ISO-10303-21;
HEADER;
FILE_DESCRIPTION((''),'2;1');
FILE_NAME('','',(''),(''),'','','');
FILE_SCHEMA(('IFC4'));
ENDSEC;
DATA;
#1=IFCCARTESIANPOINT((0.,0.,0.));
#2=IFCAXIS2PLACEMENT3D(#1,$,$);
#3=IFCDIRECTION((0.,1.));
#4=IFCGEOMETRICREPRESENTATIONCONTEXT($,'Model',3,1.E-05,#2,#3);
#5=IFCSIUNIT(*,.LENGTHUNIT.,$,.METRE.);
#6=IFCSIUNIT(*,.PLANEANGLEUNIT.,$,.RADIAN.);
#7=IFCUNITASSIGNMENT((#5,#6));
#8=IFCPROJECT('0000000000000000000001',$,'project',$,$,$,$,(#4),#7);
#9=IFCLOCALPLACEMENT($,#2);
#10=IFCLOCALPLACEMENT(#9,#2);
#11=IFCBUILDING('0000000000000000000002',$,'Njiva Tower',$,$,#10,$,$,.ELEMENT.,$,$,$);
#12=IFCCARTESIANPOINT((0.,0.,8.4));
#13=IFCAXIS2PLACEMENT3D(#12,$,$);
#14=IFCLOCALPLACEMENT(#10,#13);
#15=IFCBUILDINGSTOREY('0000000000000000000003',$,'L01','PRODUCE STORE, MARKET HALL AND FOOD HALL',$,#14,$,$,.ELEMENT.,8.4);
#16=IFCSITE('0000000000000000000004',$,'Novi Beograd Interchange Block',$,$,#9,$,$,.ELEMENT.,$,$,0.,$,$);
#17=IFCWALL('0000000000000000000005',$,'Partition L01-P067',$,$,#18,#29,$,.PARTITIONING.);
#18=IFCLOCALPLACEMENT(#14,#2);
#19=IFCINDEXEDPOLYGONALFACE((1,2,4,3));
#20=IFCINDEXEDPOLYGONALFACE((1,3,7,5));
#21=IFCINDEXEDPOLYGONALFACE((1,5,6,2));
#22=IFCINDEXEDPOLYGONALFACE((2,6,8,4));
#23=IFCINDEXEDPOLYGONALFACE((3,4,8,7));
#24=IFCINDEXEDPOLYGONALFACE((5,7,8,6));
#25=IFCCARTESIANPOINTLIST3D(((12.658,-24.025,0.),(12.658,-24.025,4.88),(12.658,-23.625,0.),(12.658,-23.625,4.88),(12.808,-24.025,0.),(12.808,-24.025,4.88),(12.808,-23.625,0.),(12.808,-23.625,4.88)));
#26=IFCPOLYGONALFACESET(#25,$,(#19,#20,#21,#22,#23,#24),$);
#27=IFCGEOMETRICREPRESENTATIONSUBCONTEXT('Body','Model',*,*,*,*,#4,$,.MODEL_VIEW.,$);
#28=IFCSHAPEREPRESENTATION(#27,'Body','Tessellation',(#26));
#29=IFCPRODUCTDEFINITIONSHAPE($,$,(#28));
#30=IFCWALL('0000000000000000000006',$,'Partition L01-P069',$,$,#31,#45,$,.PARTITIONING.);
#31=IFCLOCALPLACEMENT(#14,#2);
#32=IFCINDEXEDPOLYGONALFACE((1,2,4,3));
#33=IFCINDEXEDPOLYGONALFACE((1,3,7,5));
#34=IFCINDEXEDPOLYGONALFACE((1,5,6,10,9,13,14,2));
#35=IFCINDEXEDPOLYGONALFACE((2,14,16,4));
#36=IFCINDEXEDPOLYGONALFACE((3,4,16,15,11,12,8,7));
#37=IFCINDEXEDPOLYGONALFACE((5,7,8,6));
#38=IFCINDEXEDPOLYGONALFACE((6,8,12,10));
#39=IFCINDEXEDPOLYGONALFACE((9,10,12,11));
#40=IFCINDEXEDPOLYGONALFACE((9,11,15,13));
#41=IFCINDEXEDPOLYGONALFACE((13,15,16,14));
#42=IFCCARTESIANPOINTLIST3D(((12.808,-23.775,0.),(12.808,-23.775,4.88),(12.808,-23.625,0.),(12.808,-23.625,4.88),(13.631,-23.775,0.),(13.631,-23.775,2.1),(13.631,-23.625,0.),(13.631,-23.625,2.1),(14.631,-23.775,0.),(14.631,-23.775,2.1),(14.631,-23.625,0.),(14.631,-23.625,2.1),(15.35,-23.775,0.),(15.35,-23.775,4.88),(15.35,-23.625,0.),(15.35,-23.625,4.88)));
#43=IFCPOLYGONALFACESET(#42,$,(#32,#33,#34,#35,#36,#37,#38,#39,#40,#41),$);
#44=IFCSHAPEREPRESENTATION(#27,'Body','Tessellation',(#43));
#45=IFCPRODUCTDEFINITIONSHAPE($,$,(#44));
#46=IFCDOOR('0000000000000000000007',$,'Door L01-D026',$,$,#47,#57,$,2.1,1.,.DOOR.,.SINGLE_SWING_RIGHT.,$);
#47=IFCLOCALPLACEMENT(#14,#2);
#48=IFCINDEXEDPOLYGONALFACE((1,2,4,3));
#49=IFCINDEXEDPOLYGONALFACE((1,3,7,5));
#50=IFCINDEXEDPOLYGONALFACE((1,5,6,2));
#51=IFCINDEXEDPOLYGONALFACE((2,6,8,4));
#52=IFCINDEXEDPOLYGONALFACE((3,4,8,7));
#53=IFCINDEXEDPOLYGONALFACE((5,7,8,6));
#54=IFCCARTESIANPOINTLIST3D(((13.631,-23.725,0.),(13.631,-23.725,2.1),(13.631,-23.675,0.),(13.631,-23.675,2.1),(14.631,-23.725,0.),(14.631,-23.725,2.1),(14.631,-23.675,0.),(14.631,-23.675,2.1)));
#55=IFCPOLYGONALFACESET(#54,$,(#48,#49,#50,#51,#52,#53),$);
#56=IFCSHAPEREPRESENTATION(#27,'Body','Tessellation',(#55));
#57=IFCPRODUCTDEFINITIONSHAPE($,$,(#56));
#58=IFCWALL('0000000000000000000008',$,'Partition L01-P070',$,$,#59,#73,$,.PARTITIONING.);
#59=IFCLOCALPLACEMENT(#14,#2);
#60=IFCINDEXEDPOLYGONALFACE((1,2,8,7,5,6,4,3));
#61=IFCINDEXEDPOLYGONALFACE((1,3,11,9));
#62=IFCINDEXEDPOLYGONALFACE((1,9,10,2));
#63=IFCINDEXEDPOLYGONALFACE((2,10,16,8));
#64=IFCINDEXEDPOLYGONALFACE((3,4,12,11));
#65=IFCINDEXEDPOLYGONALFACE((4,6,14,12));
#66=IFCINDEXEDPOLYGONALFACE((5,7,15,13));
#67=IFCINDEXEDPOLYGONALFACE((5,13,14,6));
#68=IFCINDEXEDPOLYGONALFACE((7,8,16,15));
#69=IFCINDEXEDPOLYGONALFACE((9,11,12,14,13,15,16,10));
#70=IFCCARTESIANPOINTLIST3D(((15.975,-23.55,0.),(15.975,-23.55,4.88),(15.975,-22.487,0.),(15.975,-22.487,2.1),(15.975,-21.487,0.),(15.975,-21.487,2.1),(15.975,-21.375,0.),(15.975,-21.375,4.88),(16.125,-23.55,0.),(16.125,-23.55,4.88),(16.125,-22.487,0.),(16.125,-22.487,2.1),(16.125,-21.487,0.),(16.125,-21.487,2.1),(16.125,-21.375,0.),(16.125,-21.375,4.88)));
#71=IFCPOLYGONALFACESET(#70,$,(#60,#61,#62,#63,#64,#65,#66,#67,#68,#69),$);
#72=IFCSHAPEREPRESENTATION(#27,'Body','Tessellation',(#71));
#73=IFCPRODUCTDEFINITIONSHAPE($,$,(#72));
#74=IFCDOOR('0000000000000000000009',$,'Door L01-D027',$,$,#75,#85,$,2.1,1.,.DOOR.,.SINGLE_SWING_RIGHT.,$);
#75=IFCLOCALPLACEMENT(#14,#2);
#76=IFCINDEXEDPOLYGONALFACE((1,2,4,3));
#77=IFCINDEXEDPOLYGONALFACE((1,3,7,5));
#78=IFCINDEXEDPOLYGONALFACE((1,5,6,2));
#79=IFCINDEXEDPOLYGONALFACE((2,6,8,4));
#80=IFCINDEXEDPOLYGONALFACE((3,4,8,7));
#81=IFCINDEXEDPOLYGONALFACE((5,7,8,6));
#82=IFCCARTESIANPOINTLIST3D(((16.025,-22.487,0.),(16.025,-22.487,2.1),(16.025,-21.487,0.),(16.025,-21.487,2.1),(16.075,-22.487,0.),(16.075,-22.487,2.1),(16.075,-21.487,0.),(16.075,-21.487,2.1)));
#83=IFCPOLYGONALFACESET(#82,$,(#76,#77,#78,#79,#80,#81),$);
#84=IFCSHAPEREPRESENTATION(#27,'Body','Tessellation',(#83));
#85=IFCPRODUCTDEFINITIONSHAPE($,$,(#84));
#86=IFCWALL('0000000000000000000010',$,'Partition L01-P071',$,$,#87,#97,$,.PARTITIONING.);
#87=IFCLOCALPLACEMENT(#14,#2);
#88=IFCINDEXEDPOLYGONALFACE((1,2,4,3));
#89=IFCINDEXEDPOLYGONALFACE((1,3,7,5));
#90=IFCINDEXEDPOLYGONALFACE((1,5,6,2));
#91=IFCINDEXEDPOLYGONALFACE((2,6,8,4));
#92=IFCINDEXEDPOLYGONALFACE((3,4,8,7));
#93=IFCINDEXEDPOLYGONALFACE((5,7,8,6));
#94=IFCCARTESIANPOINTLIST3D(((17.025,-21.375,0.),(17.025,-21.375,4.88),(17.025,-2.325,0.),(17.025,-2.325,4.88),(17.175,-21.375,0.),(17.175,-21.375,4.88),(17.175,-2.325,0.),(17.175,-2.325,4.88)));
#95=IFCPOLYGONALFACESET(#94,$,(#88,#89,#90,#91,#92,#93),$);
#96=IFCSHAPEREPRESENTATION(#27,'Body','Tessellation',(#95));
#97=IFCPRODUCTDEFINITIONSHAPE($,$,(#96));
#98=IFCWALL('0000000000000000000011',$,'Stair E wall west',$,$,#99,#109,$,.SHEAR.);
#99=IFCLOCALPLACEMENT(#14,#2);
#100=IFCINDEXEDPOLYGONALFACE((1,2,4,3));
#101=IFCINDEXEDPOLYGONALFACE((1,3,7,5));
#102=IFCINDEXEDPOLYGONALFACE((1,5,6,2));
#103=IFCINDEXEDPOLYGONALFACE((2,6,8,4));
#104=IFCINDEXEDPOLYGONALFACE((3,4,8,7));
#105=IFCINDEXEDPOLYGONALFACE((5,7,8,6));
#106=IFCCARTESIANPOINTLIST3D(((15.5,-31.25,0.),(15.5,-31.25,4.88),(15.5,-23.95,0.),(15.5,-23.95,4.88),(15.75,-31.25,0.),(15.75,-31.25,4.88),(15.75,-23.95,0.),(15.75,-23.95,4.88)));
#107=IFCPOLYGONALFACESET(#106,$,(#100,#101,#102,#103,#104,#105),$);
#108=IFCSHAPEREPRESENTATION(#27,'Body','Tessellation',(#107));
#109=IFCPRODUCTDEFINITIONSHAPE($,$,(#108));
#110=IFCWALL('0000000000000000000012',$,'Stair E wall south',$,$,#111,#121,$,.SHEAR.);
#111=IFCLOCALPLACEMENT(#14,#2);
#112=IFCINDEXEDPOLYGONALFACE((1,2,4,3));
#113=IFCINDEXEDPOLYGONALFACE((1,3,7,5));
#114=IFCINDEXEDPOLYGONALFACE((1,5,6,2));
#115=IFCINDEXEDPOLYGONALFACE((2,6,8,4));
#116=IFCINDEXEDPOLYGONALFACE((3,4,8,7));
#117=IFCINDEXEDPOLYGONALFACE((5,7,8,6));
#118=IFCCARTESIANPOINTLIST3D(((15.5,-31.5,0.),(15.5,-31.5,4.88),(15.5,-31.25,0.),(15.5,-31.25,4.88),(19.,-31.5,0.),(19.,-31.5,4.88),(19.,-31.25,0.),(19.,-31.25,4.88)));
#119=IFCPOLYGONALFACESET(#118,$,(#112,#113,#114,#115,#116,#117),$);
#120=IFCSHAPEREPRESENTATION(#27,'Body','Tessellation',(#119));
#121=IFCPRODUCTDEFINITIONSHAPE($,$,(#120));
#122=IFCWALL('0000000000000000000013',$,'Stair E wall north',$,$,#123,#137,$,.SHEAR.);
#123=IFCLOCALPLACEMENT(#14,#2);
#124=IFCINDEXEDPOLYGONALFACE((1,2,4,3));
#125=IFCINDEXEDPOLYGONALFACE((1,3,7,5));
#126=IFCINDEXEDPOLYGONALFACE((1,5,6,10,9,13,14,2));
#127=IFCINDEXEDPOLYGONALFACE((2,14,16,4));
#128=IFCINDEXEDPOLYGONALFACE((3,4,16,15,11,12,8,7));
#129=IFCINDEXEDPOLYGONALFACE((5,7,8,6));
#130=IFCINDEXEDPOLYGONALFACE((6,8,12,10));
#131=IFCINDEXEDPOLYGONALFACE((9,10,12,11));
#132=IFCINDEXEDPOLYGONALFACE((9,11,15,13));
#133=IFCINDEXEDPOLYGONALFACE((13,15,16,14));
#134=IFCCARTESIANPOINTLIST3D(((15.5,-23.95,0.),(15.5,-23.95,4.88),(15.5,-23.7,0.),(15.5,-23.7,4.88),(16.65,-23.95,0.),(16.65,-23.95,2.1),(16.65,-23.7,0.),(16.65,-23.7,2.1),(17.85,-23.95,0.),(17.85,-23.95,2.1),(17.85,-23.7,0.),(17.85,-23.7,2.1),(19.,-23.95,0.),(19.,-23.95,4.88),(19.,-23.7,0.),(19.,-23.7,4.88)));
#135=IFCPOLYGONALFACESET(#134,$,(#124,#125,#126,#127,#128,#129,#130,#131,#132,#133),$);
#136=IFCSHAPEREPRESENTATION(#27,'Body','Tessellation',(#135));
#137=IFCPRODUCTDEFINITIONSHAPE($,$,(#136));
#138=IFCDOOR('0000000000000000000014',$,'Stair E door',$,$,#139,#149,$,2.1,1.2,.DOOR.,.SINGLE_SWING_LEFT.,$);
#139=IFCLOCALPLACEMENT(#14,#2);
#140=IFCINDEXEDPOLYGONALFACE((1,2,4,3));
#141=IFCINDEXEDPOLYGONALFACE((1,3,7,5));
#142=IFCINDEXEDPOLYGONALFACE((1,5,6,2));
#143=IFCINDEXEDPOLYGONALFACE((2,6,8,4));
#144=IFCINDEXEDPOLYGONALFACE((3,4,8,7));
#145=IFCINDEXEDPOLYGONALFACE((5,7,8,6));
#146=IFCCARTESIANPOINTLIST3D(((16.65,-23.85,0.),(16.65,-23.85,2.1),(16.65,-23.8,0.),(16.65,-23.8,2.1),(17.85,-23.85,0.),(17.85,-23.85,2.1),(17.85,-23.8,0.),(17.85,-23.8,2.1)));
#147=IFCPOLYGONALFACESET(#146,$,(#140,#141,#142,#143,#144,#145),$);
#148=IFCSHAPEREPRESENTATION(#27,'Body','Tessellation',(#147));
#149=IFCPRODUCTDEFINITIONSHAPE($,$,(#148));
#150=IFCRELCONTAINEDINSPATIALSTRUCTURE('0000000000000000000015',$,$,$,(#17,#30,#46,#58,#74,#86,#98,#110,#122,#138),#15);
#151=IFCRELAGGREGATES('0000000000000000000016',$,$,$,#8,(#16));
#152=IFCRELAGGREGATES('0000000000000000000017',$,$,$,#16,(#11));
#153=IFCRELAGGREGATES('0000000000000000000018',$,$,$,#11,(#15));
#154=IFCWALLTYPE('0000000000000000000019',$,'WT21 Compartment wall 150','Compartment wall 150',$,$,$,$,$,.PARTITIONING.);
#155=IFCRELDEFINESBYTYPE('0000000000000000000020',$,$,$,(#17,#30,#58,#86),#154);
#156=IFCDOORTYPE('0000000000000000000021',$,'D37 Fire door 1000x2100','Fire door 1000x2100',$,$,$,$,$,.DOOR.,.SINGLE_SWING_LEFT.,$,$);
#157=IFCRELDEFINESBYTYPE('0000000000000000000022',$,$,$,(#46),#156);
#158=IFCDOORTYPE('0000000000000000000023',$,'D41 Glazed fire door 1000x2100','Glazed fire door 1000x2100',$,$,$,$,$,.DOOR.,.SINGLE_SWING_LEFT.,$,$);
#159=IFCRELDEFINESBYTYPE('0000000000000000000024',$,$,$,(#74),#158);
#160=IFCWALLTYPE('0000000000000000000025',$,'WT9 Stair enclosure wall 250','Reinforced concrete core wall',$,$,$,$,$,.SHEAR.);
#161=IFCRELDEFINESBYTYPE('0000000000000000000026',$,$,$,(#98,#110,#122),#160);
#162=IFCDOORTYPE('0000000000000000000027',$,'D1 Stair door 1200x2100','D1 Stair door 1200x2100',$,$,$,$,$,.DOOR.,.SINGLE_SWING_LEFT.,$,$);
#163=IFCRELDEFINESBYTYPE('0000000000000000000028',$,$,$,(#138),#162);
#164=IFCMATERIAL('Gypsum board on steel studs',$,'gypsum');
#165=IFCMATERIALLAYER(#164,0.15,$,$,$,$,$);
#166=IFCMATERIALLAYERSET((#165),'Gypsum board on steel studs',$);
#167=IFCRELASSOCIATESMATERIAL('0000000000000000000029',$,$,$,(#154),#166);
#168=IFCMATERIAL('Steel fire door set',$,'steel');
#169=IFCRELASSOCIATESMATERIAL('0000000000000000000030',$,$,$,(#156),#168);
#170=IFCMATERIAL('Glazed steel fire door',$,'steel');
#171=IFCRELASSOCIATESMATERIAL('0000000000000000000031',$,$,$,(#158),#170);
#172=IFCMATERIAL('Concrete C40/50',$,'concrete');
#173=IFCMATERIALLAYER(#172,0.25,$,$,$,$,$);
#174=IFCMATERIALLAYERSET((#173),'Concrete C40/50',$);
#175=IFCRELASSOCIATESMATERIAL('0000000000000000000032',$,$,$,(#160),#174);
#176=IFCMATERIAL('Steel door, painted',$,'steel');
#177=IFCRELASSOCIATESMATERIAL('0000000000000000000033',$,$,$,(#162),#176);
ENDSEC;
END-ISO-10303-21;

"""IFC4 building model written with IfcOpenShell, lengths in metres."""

from ifc_helpers import new_model, si_unit, direction, frame, frame_2d, origin, place, context, subcontext, project, spatial, rectangle, extrude, material, layer, layer_set, type_object, element, fill, save


model = new_model("IFC4")

# Units and contexts
model_context = context("Model", 3, precision=1e-05, world=origin(), true_north=direction((0.0, 1.0)))
body_context = subcontext(model_context, "Body", "Model", "MODEL_VIEW")
ifc_project = project(units=[si_unit("LENGTHUNIT", "METRE"), si_unit("PLANEANGLEUNIT", "RADIAN")], contexts=[model_context])

# Site, building, storey
site_placement = place(None, origin())
site = spatial("IfcSite", under=ifc_project, at=site_placement, Name="Novi Beograd Interchange Block", CompositionType="ELEMENT", RefElevation=0.0)
building_placement = place(site_placement, origin())
building = spatial("IfcBuilding", under=site, at=building_placement, Name="Njiva Tower", CompositionType="ELEMENT")
storey_placement = place(building_placement, frame((0.0, 0.0, 8.4)))
storey = spatial("IfcBuildingStorey", under=building, at=storey_placement, Name="L01", Description="PRODUCE STORE, MARKET HALL AND FOOD HALL", CompositionType="ELEMENT", Elevation=8.4)

# Wall
ifc_material_1 = material(Name="Gypsum board on steel studs", Category="gypsum")
ifc_layer_1 = layer(ifc_material_1, 0.15)
ifc_layer_set_1 = layer_set([ifc_layer_1], Name="Gypsum board on steel studs")
wall_type_1 = type_object("IfcWallType", Name="WT21 Compartment wall 150", Description="Compartment wall 150", PredefinedType="PARTITIONING", material=ifc_layer_set_1)
wall_1_placement = place(storey_placement, frame((12.733, -24.025, 0.0), z_axis=(0.0, 0.0, 1.0), x_axis=(0.0, 1.0, 0.0)))
element("IfcWall", 1, at=wall_1_placement, inside=storey, type_object=wall_type_1, Name="Partition L01-P067", PredefinedType="PARTITIONING", context=body_context, shape_type="SweptSolid", body=[
    extrude(rectangle(XDim=0.4, YDim=0.15, at=frame_2d((0.2, 0.0))), origin(), (0.0, 0.0, 1.0), 4.88),
])

# Walls, openings, doors
wall_2_placement = place(storey_placement, frame((12.808, -23.7, 0.0), z_axis=(0.0, 0.0, 1.0), x_axis=(1.0, 0.0, 0.0)))
wall_2 = element("IfcWall", 2, at=wall_2_placement, inside=storey, type_object=wall_type_1, Name="Partition L01-P069", PredefinedType="PARTITIONING", context=body_context, shape_type="SweptSolid", body=[
    extrude(rectangle(XDim=2.542, YDim=0.15, at=frame_2d((1.271, 0.0))), origin(), (0.0, 0.0, 1.0), 4.88),
])
opening_1_placement = place(wall_2_placement, frame((0.823, 0.0, 0.0)))
opening_1 = element("IfcOpeningElement", 3, at=opening_1_placement, cuts=wall_2, PredefinedType="OPENING", context=body_context, shape_type="SweptSolid", body=[
    extrude(rectangle(XDim=1.0, YDim=2.1, at=frame_2d((0.5, 1.05))), frame((0.0, 0.085, 0.0), z_axis=(0.0, -1.0, 0.0), x_axis=(1.0, 0.0, 0.0)), (0.0, 0.0, 1.0), 0.17),
])
ifc_material_2 = material(Name="Steel fire door set", Category="steel")
door_type_1 = type_object("IfcDoorType", Name="D37 Fire door 1000x2100", Description="Fire door 1000x2100", OperationType="SINGLE_SWING_LEFT", PredefinedType="DOOR", material=ifc_material_2)
door_1_placement = place(opening_1_placement, origin())
door_1 = element("IfcDoor", 4, at=door_1_placement, inside=storey, type_object=door_type_1, Name="Door L01-D026", OperationType="SINGLE_SWING_RIGHT", OverallHeight=2.1, OverallWidth=1.0, PredefinedType="DOOR", context=body_context, shape_type="SweptSolid", body=[
    extrude(rectangle(XDim=1.0, YDim=2.1, at=frame_2d((0.5, 1.05))), frame((0.0, 0.025, 0.0), z_axis=(0.0, -1.0, 0.0), x_axis=(1.0, 0.0, 0.0)), (0.0, 0.0, 1.0), 0.05),
])
fill(opening_1, door_1)
wall_3_placement = place(storey_placement, frame((16.05, -23.55, 0.0), z_axis=(0.0, 0.0, 1.0), x_axis=(0.0, 1.0, 0.0)))
wall_3 = element("IfcWall", 5, at=wall_3_placement, inside=storey, type_object=wall_type_1, Name="Partition L01-P070", PredefinedType="PARTITIONING", context=body_context, shape_type="SweptSolid", body=[
    extrude(rectangle(XDim=2.175, YDim=0.15, at=frame_2d((1.0875, 0.0))), origin(), (0.0, 0.0, 1.0), 4.88),
])
opening_2_placement = place(wall_3_placement, frame((1.063, 0.0, 0.0)))
opening_2 = element("IfcOpeningElement", 6, at=opening_2_placement, cuts=wall_3, PredefinedType="OPENING", context=body_context, shape_type="SweptSolid", body=[
    extrude(rectangle(XDim=1.0, YDim=2.1, at=frame_2d((0.5, 1.05))), frame((0.0, 0.085, 0.0), z_axis=(0.0, -1.0, 0.0), x_axis=(1.0, 0.0, 0.0)), (0.0, 0.0, 1.0), 0.17),
])
ifc_material_3 = material(Name="Glazed steel fire door", Category="steel")
door_type_2 = type_object("IfcDoorType", Name="D41 Glazed fire door 1000x2100", Description="Glazed fire door 1000x2100", OperationType="SINGLE_SWING_LEFT", PredefinedType="DOOR", material=ifc_material_3)
door_2_placement = place(opening_2_placement, origin())
door_2 = element("IfcDoor", 7, at=door_2_placement, inside=storey, type_object=door_type_2, Name="Door L01-D027", OperationType="SINGLE_SWING_RIGHT", OverallHeight=2.1, OverallWidth=1.0, PredefinedType="DOOR", context=body_context, shape_type="SweptSolid", body=[
    extrude(rectangle(XDim=1.0, YDim=2.1, at=frame_2d((0.5, 1.05))), frame((0.0, 0.025, 0.0), z_axis=(0.0, -1.0, 0.0), x_axis=(1.0, 0.0, 0.0)), (0.0, 0.0, 1.0), 0.05),
])
fill(opening_2, door_2)

# Walls
wall_4_placement = place(storey_placement, frame((17.1, -21.375, 0.0), z_axis=(0.0, 0.0, 1.0), x_axis=(0.0, 1.0, 0.0)))
element("IfcWall", 8, at=wall_4_placement, inside=storey, type_object=wall_type_1, Name="Partition L01-P071", PredefinedType="PARTITIONING", context=body_context, shape_type="SweptSolid", body=[
    extrude(rectangle(XDim=19.05, YDim=0.15, at=frame_2d((9.525, 0.0))), origin(), (0.0, 0.0, 1.0), 4.88),
])
ifc_material_4 = material(Name="Concrete C40/50", Category="concrete")
ifc_layer_2 = layer(ifc_material_4, 0.25)
ifc_layer_set_2 = layer_set([ifc_layer_2], Name="Concrete C40/50")
wall_type_2 = type_object("IfcWallType", Name="WT9 Stair enclosure wall 250", Description="Reinforced concrete core wall", PredefinedType="SHEAR", material=ifc_layer_set_2)
wall_5_placement = place(storey_placement, frame((15.625, -31.25, 0.0), z_axis=(0.0, 0.0, 1.0), x_axis=(0.0, 1.0, 0.0)))
element("IfcWall", 9, at=wall_5_placement, inside=storey, type_object=wall_type_2, Name="Stair E wall west", PredefinedType="SHEAR", context=body_context, shape_type="SweptSolid", body=[
    extrude(rectangle(XDim=7.3, YDim=0.25, at=frame_2d((3.65, 0.0))), origin(), (0.0, 0.0, 1.0), 4.88),
])
wall_6_placement = place(storey_placement, frame((15.5, -31.375, 0.0), z_axis=(0.0, 0.0, 1.0), x_axis=(1.0, 0.0, 0.0)))
element("IfcWall", 10, at=wall_6_placement, inside=storey, type_object=wall_type_2, Name="Stair E wall south", PredefinedType="SHEAR", context=body_context, shape_type="SweptSolid", body=[
    extrude(rectangle(XDim=3.5, YDim=0.25, at=frame_2d((1.75, 0.0))), origin(), (0.0, 0.0, 1.0), 4.88),
])

# Wall, opening, door
wall_7_placement = place(storey_placement, frame((15.5, -23.825, 0.0), z_axis=(0.0, 0.0, 1.0), x_axis=(1.0, 0.0, 0.0)))
wall_7 = element("IfcWall", 11, at=wall_7_placement, inside=storey, type_object=wall_type_2, Name="Stair E wall north", PredefinedType="SHEAR", context=body_context, shape_type="SweptSolid", body=[
    extrude(rectangle(XDim=3.5, YDim=0.25, at=frame_2d((1.75, 0.0))), origin(), (0.0, 0.0, 1.0), 4.88),
])
opening_3_placement = place(wall_7_placement, frame((1.15, 0.0, 0.0)))
opening_3 = element("IfcOpeningElement", 12, at=opening_3_placement, cuts=wall_7, PredefinedType="OPENING", context=body_context, shape_type="SweptSolid", body=[
    extrude(rectangle(XDim=1.2, YDim=2.1, at=frame_2d((0.6, 1.05))), frame((0.0, 0.135, 0.0), z_axis=(0.0, -1.0, 0.0), x_axis=(1.0, 0.0, 0.0)), (0.0, 0.0, 1.0), 0.27),
])
ifc_material_5 = material(Name="Steel door, painted", Category="steel")
door_type_3 = type_object("IfcDoorType", Name="D1 Stair door 1200x2100", Description="D1 Stair door 1200x2100", OperationType="SINGLE_SWING_LEFT", PredefinedType="DOOR", material=ifc_material_5)
door_3_placement = place(opening_3_placement, origin())
door_3 = element("IfcDoor", 13, at=door_3_placement, inside=storey, type_object=door_type_3, Name="Stair E door", OperationType="SINGLE_SWING_LEFT", OverallHeight=2.1, OverallWidth=1.2, PredefinedType="DOOR", context=body_context, shape_type="SweptSolid", body=[
    extrude(rectangle(XDim=1.2, YDim=2.1, at=frame_2d((0.6, 1.05))), frame((0.0, 0.025, 0.0), z_axis=(0.0, -1.0, 0.0), x_axis=(1.0, 0.0, 0.0)), (0.0, 0.0, 1.0), 0.05),
])
fill(opening_3, door_3)

save(model, "model.ifc")
